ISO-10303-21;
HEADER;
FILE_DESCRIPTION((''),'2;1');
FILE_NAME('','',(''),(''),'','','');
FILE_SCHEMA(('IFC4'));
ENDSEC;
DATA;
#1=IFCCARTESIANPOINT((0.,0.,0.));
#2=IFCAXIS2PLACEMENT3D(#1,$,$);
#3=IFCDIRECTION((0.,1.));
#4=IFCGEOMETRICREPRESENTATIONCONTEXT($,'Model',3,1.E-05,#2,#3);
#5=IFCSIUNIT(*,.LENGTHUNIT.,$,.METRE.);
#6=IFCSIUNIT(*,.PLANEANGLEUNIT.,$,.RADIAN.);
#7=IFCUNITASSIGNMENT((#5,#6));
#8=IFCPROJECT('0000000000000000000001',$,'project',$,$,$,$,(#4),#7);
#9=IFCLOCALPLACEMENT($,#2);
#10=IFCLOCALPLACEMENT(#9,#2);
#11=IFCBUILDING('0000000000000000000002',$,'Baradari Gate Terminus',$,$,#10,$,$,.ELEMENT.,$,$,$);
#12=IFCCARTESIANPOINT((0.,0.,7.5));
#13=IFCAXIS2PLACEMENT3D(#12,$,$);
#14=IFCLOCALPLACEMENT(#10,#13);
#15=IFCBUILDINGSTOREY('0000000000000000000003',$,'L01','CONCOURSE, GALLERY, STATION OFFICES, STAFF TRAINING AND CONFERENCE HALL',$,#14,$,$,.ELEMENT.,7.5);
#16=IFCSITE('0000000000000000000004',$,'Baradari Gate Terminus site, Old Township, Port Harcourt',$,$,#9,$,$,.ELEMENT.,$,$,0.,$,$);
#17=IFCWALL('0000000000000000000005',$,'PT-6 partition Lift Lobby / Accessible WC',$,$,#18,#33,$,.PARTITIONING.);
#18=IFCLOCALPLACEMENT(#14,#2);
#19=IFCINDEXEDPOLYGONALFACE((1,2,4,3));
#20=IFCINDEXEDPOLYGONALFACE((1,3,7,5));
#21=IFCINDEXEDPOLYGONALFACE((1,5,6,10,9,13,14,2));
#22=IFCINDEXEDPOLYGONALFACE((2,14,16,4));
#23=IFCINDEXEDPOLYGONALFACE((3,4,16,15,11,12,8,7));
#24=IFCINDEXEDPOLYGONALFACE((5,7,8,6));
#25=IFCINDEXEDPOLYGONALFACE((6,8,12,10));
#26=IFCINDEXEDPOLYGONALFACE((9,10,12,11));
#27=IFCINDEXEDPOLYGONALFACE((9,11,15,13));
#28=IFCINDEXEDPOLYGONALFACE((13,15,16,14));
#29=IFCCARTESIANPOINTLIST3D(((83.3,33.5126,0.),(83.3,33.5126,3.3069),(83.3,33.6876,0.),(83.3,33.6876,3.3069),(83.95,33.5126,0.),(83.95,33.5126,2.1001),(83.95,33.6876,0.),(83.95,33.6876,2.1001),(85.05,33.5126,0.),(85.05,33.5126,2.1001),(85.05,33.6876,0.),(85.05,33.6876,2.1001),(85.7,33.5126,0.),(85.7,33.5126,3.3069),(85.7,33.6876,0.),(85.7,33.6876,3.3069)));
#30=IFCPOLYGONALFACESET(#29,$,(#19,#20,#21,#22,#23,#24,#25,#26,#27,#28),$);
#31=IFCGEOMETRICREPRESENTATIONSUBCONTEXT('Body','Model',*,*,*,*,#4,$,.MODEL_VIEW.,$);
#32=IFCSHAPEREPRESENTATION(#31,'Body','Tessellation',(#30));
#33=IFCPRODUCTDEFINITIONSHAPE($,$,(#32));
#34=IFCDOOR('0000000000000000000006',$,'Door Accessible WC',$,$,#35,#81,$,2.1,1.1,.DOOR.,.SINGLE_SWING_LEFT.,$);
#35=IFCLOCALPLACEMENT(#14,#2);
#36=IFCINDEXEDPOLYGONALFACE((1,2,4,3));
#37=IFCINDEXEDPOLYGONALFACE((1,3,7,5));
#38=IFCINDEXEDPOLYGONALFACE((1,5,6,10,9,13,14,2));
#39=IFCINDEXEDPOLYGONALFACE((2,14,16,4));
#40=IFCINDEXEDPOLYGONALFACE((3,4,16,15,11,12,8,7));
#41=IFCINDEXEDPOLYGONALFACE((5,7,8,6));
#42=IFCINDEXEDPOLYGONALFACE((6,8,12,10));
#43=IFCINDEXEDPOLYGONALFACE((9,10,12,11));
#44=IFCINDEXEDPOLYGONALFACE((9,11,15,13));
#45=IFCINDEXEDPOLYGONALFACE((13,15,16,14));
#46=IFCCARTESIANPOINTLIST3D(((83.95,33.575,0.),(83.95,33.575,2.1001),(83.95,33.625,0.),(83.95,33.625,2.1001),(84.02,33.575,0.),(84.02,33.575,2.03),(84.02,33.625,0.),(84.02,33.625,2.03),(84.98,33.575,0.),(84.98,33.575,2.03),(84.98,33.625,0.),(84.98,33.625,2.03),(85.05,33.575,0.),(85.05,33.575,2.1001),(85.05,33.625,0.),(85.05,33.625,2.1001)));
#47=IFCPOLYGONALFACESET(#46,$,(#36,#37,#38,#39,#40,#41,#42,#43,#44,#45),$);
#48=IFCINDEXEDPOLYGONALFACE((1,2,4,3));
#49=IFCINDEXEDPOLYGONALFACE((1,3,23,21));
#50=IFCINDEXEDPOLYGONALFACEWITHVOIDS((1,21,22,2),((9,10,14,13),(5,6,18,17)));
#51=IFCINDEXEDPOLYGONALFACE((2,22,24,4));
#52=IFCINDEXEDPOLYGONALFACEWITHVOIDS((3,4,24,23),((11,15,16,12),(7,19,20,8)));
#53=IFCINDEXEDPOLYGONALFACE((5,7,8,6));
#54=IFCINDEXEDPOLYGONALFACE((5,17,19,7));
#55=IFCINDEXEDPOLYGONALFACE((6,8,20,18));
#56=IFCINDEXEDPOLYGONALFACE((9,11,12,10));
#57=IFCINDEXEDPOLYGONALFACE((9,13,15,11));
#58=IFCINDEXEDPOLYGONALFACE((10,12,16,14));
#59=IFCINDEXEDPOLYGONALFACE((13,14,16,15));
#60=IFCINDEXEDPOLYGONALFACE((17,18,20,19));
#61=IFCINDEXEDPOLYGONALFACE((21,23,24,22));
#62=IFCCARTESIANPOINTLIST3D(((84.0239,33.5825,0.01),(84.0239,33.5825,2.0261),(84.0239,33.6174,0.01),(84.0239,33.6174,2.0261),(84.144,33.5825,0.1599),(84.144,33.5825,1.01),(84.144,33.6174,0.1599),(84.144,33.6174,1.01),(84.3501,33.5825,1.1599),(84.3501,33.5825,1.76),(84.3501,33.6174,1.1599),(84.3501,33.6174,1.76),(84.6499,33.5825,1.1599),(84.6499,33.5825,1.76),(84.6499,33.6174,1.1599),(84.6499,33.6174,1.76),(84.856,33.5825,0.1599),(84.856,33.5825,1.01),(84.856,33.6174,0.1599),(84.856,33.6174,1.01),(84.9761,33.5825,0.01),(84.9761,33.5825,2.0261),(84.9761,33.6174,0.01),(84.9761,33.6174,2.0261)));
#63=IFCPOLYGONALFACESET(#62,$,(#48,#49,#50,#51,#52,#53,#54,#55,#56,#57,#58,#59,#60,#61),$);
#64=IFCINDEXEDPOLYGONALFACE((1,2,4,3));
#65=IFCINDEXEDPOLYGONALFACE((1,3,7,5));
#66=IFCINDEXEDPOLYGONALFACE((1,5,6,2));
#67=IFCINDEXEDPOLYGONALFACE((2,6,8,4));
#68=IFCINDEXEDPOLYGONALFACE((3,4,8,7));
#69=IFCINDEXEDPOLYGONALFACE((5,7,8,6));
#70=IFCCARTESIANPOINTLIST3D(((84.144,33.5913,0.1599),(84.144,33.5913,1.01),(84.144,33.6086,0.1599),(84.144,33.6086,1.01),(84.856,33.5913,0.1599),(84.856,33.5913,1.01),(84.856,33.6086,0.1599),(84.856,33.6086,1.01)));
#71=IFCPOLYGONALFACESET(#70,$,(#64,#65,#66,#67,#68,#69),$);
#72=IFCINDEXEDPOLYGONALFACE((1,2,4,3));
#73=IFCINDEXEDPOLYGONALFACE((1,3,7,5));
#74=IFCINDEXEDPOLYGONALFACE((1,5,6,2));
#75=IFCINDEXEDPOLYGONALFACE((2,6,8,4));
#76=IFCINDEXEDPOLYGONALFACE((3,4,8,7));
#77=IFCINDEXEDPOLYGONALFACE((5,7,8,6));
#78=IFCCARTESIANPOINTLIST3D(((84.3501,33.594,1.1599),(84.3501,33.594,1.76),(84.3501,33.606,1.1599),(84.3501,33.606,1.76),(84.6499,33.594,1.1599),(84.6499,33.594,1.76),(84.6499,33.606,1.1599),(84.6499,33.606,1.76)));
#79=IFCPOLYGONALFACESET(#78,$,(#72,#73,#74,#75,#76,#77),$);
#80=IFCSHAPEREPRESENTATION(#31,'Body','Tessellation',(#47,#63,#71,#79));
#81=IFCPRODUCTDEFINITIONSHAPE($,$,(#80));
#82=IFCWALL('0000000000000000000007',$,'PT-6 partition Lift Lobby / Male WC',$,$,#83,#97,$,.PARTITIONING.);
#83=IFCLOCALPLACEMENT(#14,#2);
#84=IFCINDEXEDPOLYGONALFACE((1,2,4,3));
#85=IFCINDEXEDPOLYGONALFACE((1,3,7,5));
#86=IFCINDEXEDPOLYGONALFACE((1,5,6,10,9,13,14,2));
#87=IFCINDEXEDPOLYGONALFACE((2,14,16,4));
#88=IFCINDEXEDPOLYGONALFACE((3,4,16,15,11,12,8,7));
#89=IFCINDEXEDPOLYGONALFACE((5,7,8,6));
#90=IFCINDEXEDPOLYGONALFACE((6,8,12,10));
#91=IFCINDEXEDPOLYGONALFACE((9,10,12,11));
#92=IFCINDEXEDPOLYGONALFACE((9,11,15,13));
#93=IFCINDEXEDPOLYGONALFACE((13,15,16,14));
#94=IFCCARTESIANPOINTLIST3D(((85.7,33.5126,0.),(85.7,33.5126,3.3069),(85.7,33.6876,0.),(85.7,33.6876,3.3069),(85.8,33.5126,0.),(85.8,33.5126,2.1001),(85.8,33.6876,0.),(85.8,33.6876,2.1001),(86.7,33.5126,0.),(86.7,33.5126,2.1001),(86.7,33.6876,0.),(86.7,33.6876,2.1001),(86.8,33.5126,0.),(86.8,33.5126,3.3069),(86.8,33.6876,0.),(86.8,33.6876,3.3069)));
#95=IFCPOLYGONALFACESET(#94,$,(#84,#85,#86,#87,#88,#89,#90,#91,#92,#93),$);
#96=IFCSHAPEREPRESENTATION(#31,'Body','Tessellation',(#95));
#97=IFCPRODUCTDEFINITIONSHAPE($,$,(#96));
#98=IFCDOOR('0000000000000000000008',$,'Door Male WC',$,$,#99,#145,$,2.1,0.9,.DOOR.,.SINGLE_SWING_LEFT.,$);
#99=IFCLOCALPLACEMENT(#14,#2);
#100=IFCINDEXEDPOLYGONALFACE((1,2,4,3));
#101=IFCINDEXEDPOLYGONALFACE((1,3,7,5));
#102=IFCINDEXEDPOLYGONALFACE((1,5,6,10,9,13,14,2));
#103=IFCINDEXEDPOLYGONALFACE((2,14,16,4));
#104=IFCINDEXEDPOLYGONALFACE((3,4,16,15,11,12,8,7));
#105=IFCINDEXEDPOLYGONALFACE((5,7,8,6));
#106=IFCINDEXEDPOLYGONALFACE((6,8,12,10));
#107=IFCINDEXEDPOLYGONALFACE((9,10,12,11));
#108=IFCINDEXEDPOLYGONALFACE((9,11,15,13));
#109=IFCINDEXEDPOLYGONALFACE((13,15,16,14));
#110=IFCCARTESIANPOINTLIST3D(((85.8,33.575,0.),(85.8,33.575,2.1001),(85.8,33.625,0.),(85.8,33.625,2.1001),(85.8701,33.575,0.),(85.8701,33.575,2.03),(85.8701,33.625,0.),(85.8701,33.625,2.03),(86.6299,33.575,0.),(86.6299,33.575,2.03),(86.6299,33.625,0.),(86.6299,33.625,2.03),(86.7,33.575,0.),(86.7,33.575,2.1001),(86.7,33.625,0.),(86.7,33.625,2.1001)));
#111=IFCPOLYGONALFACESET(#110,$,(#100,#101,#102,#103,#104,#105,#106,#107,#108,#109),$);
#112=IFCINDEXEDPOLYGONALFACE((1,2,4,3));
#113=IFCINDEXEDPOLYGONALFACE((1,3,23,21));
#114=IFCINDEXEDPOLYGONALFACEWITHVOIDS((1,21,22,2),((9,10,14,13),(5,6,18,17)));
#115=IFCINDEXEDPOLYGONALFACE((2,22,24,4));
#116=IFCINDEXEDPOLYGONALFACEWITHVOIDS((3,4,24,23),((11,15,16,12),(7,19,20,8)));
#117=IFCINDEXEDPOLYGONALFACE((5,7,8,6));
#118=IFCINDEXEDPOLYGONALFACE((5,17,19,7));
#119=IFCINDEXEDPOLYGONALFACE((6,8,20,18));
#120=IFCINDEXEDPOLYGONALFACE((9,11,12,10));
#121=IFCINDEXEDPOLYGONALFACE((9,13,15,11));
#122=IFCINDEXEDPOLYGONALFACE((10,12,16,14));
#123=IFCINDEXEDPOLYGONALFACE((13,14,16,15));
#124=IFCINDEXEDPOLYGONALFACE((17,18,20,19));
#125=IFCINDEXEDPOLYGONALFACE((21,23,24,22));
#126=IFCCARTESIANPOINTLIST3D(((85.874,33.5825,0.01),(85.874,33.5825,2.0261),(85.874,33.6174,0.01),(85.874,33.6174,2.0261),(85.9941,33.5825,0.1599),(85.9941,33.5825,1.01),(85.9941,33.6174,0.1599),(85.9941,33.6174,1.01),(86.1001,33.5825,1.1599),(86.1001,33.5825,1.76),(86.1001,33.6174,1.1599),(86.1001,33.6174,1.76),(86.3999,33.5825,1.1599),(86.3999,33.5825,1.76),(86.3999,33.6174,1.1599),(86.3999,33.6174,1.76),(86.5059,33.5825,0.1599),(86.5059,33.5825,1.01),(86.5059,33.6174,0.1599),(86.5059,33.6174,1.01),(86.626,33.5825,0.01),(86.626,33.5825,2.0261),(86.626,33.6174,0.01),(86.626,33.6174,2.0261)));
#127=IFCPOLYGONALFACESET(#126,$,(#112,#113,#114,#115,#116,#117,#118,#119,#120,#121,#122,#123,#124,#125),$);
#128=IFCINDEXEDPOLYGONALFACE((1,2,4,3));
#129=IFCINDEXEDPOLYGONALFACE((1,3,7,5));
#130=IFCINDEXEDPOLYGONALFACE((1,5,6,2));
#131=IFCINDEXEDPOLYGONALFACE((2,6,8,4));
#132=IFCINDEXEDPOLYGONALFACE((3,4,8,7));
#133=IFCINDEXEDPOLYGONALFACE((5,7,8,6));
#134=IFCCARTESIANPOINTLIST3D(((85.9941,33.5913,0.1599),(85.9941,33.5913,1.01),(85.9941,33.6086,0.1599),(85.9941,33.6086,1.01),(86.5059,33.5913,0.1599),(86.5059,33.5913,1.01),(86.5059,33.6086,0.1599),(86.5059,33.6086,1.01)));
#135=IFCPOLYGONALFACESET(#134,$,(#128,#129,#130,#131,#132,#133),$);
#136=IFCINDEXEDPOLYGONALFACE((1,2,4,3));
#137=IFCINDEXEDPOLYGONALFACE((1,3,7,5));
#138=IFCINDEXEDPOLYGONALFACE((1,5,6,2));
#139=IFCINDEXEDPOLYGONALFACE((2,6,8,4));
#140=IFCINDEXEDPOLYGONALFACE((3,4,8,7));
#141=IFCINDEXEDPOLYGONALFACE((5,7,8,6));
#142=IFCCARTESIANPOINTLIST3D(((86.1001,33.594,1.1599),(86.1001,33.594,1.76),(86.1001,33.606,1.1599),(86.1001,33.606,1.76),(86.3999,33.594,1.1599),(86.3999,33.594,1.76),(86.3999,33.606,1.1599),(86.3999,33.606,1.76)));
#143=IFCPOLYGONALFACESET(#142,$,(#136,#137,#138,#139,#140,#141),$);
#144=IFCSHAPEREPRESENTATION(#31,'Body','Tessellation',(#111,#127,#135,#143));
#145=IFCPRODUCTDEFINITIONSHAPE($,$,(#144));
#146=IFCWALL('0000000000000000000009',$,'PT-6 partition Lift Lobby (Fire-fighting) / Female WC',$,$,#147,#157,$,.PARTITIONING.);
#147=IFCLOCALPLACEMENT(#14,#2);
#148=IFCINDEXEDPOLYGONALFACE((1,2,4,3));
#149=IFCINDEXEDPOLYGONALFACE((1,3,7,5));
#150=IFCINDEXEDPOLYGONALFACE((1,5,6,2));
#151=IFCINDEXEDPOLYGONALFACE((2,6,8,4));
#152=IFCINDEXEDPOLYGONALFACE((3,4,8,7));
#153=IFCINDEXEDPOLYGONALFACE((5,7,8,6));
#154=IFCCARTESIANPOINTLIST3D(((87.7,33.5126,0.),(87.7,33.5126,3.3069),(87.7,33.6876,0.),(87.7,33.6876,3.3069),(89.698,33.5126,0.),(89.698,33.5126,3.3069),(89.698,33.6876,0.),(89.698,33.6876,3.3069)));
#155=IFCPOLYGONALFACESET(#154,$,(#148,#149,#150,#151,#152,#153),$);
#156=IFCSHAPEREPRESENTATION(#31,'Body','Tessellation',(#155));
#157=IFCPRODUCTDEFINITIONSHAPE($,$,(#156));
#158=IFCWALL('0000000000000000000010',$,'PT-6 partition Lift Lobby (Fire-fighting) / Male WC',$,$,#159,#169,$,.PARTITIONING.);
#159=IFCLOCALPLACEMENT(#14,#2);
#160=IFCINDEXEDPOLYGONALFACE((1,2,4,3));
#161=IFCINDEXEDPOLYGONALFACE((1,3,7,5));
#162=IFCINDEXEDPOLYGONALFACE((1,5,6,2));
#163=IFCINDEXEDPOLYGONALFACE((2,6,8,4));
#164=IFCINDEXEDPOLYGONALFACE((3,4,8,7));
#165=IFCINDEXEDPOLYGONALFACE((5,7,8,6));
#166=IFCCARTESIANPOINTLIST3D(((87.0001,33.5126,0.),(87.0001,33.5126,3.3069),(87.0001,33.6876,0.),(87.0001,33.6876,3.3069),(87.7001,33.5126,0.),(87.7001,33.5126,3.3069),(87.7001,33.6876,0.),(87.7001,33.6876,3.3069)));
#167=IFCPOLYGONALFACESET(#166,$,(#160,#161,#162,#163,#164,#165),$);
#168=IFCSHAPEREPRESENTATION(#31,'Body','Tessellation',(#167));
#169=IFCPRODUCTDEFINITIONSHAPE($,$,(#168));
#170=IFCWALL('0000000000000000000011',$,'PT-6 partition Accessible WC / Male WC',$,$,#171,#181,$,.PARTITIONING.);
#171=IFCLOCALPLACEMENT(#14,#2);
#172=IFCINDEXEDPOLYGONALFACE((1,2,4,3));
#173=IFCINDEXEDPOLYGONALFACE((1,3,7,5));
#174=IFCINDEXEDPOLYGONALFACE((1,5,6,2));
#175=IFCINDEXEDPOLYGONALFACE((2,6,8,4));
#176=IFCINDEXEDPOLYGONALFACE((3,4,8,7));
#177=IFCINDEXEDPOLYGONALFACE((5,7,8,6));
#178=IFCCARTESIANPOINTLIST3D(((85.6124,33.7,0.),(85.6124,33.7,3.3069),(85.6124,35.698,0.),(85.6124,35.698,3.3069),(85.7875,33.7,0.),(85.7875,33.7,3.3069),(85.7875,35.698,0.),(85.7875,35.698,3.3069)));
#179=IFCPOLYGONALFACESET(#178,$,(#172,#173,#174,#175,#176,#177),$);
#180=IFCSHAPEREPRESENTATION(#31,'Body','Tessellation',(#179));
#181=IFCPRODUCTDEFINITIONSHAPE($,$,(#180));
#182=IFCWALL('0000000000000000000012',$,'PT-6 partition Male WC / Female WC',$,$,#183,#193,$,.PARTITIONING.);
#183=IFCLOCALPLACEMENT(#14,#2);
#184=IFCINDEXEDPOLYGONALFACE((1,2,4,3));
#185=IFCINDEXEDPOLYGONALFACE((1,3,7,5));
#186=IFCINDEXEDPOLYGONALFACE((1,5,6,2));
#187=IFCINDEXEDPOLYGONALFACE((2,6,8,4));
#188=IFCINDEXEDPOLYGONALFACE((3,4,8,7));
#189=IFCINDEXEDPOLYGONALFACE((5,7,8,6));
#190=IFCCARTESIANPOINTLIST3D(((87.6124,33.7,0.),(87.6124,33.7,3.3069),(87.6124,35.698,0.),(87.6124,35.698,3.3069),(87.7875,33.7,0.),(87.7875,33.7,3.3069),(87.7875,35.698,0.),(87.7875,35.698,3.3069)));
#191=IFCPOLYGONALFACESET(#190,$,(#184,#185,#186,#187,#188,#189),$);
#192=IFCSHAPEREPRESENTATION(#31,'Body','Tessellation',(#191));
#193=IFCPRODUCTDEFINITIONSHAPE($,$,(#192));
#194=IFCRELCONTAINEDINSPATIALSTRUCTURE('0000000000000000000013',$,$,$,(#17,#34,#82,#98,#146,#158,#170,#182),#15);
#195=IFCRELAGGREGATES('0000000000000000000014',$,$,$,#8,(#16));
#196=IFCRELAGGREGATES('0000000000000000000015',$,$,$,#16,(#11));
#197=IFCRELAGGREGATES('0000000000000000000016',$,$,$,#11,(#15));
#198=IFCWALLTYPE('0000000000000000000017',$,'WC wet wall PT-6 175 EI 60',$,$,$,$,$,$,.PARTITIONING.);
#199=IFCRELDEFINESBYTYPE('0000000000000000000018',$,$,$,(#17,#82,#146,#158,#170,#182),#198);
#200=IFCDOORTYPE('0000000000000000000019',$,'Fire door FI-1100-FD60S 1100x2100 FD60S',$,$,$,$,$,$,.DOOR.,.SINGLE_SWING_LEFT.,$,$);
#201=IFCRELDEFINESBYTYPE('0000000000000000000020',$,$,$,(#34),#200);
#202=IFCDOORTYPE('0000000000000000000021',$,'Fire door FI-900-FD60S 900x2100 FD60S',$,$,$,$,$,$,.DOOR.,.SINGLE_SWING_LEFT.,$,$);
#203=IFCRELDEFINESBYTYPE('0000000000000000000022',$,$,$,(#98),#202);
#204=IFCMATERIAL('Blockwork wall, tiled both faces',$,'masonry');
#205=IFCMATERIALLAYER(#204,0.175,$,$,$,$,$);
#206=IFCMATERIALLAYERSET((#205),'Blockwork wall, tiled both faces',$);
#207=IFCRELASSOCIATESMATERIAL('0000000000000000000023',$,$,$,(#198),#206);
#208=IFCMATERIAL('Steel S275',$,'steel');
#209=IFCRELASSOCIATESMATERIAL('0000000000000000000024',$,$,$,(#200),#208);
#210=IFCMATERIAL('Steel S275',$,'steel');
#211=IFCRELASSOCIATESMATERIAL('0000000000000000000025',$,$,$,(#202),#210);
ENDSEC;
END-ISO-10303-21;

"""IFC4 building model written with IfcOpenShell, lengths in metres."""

from ifc_helpers import new_model, si_unit, direction, frame, frame_2d, origin, place, context, subcontext, project, spatial, polyline, rectangle, outline, extrude, material, layer, layer_set, type_object, element, fill, save


model = new_model("IFC4")

# Units and contexts
model_context = context("Model", 3, precision=1e-05, world=origin(), true_north=direction((0.0, 1.0)))
body_context = subcontext(model_context, "Body", "Model", "MODEL_VIEW")
ifc_project = project(units=[si_unit("LENGTHUNIT", "METRE"), si_unit("PLANEANGLEUNIT", "RADIAN")], contexts=[model_context])

# Site, building, storey
site_placement = place(None, origin())
site = spatial("IfcSite", under=ifc_project, at=site_placement, Name="Baradari Gate Terminus site, Old Township, Port Harcourt", CompositionType="ELEMENT", RefElevation=0.0)
building_placement = place(site_placement, origin())
building = spatial("IfcBuilding", under=site, at=building_placement, Name="Baradari Gate Terminus", CompositionType="ELEMENT")
storey_placement = place(building_placement, frame((0.0, 0.0, 7.5)))
storey = spatial("IfcBuildingStorey", under=building, at=storey_placement, Name="L01", Description="CONCOURSE, GALLERY, STATION OFFICES, STAFF TRAINING AND CONFERENCE HALL", CompositionType="ELEMENT", Elevation=7.5)

# Shared definitions
ifc_material_1 = material(Name="Blockwork wall, tiled both faces", Category="masonry")
ifc_layer_1 = layer(ifc_material_1, 0.175)
ifc_layer_set_1 = layer_set([ifc_layer_1], Name="Blockwork wall, tiled both faces")
wall_type_1 = type_object("IfcWallType", Name="WC wet wall PT-6 175 EI 60", PredefinedType="PARTITIONING", material=ifc_layer_set_1)

# Walls, openings, doors
wall_1_placement = place(storey_placement, frame((83.3, 33.6001, 0.0), z_axis=(0.0, 0.0, 1.0), x_axis=(1.0, 0.0, 0.0)))
wall_1 = element("IfcWall", 1, at=wall_1_placement, inside=storey, type_object=wall_type_1, Name="PT-6 partition Lift Lobby / Accessible WC", PredefinedType="PARTITIONING", context=body_context, shape_type="SweptSolid", body=[
    extrude(rectangle(XDim=2.3999, YDim=0.175, at=frame_2d((1.2, 0.0))), origin(), (0.0, 0.0, 1.0), 3.3069),
])
opening_1_placement = place(wall_1_placement, frame((0.6499, 0.0, 0.0)))
opening_1 = element("IfcOpeningElement", 2, at=opening_1_placement, cuts=wall_1, PredefinedType="OPENING", context=body_context, shape_type="SweptSolid", body=[
    extrude(rectangle(XDim=1.1001, YDim=2.1001, at=frame_2d((0.55, 1.05))), frame((0.0, 0.0974, 0.0), z_axis=(0.0, -1.0, 0.0), x_axis=(1.0, 0.0, 0.0)), (0.0, 0.0, 1.0), 0.1951),
])
ifc_material_2 = material(Name="Steel S275", Category="steel")
door_type_1 = type_object("IfcDoorType", Name="Fire door FI-1100-FD60S 1100x2100 FD60S", OperationType="SINGLE_SWING_LEFT", PredefinedType="DOOR", material=ifc_material_2)
door_1_placement = place(opening_1_placement, origin())
door_1 = element("IfcDoor", 3, at=door_1_placement, inside=storey, type_object=door_type_1, Name="Door Accessible WC", OperationType="SINGLE_SWING_LEFT", OverallHeight=2.1, OverallWidth=1.1, PredefinedType="DOOR", context=body_context, shape_type="SweptSolid", body=[
    extrude(outline(polyline([(0.0, 0.0), (0.0701, 0.0), (0.0701, 2.03), (1.03, 2.03), (1.03, 0.0), (1.1001, 0.0), (1.1001, 2.1001), (0.0, 2.1001), (0.0, 0.0)])), frame((0.0, 0.0249, 0.0), z_axis=(0.0, -1.0, 0.0), x_axis=(1.0, 0.0, 0.0)), (0.0, 0.0, 1.0), 0.05),
    extrude(outline(polyline([(0.074, 0.01), (1.0261, 0.01), (1.0261, 2.0261), (0.074, 2.0261), (0.074, 0.01)]), holes=[polyline([(0.1941, 0.1599), (0.906, 0.1599), (0.906, 1.01), (0.1941, 1.01), (0.1941, 0.1599)]), polyline([(0.4001, 1.1599), (0.7, 1.1599), (0.7, 1.76), (0.4001, 1.76), (0.4001, 1.1599)])]), frame((0.0, 0.0173, 0.0), z_axis=(0.0, -1.0, 0.0), x_axis=(1.0, 0.0, 0.0)), (0.0, 0.0, 1.0), 0.0349),
    extrude(rectangle(XDim=0.7119, YDim=0.8501, at=frame_2d((0.55, 0.585))), frame((0.0, 0.0085, 0.0), z_axis=(0.0, -1.0, 0.0), x_axis=(1.0, 0.0, 0.0)), (0.0, 0.0, 1.0), 0.0173),
    extrude(rectangle(XDim=0.2998, YDim=0.6001, at=frame_2d((0.55, 1.46))), frame((0.0, 0.0059, 0.0), z_axis=(0.0, -1.0, 0.0), x_axis=(1.0, 0.0, 0.0)), (0.0, 0.0, 1.0), 0.012),
])
fill(opening_1, door_1)
wall_2_placement = place(storey_placement, frame((85.7, 33.6001, 0.0), z_axis=(0.0, 0.0, 1.0), x_axis=(1.0, 0.0, 0.0)))
wall_2 = element("IfcWall", 4, at=wall_2_placement, inside=storey, type_object=wall_type_1, Name="PT-6 partition Lift Lobby / Male WC", PredefinedType="PARTITIONING", context=body_context, shape_type="SweptSolid", body=[
    extrude(rectangle(XDim=1.1001, YDim=0.175, at=frame_2d((0.55, 0.0))), origin(), (0.0, 0.0, 1.0), 3.3069),
])
opening_2_placement = place(wall_2_placement, frame((0.1001, 0.0, 0.0)))
opening_2 = element("IfcOpeningElement", 5, at=opening_2_placement, cuts=wall_2, PredefinedType="OPENING", context=body_context, shape_type="SweptSolid", body=[
    extrude(rectangle(XDim=0.8999, YDim=2.1001, at=frame_2d((0.45, 1.05))), frame((0.0, 0.0974, 0.0), z_axis=(0.0, -1.0, 0.0), x_axis=(1.0, 0.0, 0.0)), (0.0, 0.0, 1.0), 0.1951),
])
ifc_material_3 = material(Name="Steel S275", Category="steel")
door_type_2 = type_object("IfcDoorType", Name="Fire door FI-900-FD60S 900x2100 FD60S", OperationType="SINGLE_SWING_LEFT", PredefinedType="DOOR", material=ifc_material_3)
door_2_placement = place(opening_2_placement, origin())
door_2 = element("IfcDoor", 6, at=door_2_placement, inside=storey, type_object=door_type_2, Name="Door Male WC", OperationType="SINGLE_SWING_LEFT", OverallHeight=2.1, OverallWidth=0.9, PredefinedType="DOOR", context=body_context, shape_type="SweptSolid", body=[
    extrude(outline(polyline([(0.0, 0.0), (0.0701, 0.0), (0.0701, 2.03), (0.8298, 2.03), (0.8298, 0.0), (0.8999, 0.0), (0.8999, 2.1001), (0.0, 2.1001), (0.0, 0.0)])), frame((0.0, 0.0249, 0.0), z_axis=(0.0, -1.0, 0.0), x_axis=(1.0, 0.0, 0.0)), (0.0, 0.0, 1.0), 0.05),
    extrude(outline(polyline([(0.074, 0.01), (0.8259, 0.01), (0.8259, 2.0261), (0.074, 2.0261), (0.074, 0.01)]), holes=[polyline([(0.1941, 0.1599), (0.7058, 0.1599), (0.7058, 1.01), (0.1941, 1.01), (0.1941, 0.1599)]), polyline([(0.3, 1.1599), (0.5999, 1.1599), (0.5999, 1.76), (0.3, 1.76), (0.3, 1.1599)])]), frame((0.0, 0.0173, 0.0), z_axis=(0.0, -1.0, 0.0), x_axis=(1.0, 0.0, 0.0)), (0.0, 0.0, 1.0), 0.0349),
    extrude(rectangle(XDim=0.5117, YDim=0.8501, at=frame_2d((0.45, 0.585))), frame((0.0, 0.0085, 0.0), z_axis=(0.0, -1.0, 0.0), x_axis=(1.0, 0.0, 0.0)), (0.0, 0.0, 1.0), 0.0173),
    extrude(rectangle(XDim=0.2998, YDim=0.6001, at=frame_2d((0.45, 1.46))), frame((0.0, 0.0059, 0.0), z_axis=(0.0, -1.0, 0.0), x_axis=(1.0, 0.0, 0.0)), (0.0, 0.0, 1.0), 0.012),
])
fill(opening_2, door_2)

# Walls
wall_3_placement = place(storey_placement, frame((87.7, 33.6001, 0.0), z_axis=(0.0, 0.0, 1.0), x_axis=(1.0, 0.0, 0.0)))
element("IfcWall", 7, at=wall_3_placement, inside=storey, type_object=wall_type_1, Name="PT-6 partition Lift Lobby (Fire-fighting) / Female WC", PredefinedType="PARTITIONING", context=body_context, shape_type="SweptSolid", body=[
    extrude(rectangle(XDim=1.998, YDim=0.175, at=frame_2d((0.999, 0.0))), origin(), (0.0, 0.0, 1.0), 3.3069),
])
wall_4_placement = place(storey_placement, frame((87.0, 33.6001, 0.0), z_axis=(0.0, 0.0, 1.0), x_axis=(1.0, 0.0, 0.0)))
element("IfcWall", 8, at=wall_4_placement, inside=storey, type_object=wall_type_1, Name="PT-6 partition Lift Lobby (Fire-fighting) / Male WC", PredefinedType="PARTITIONING", context=body_context, shape_type="SweptSolid", body=[
    extrude(rectangle(XDim=0.7, YDim=0.175, at=frame_2d((0.3501, 0.0))), origin(), (0.0, 0.0, 1.0), 3.3069),
])
for number, where, z_axis, x_axis, name in (
    (9, (85.7, 35.698, 0.0), (0.0, 0.0, 1.0), (0.0, -1.0, 0.0), "PT-6 partition Accessible WC / Male WC"),
    (10, (87.7, 35.698, 0.0), (0.0, 0.0, 1.0), (0.0, -1.0, 0.0), "PT-6 partition Male WC / Female WC"),
):
    element("IfcWall", number, at=place(storey_placement, frame(where, z_axis=z_axis, x_axis=x_axis)), inside=storey, type_object=wall_type_1, Name=name, PredefinedType="PARTITIONING", context=body_context, shape_type="SweptSolid", body=[
        extrude(rectangle(XDim=1.998, YDim=0.175, at=frame_2d((0.999, 0.0))), origin(), (0.0, 0.0, 1.0), 3.3069),
    ])

save(model, "model.ifc")
